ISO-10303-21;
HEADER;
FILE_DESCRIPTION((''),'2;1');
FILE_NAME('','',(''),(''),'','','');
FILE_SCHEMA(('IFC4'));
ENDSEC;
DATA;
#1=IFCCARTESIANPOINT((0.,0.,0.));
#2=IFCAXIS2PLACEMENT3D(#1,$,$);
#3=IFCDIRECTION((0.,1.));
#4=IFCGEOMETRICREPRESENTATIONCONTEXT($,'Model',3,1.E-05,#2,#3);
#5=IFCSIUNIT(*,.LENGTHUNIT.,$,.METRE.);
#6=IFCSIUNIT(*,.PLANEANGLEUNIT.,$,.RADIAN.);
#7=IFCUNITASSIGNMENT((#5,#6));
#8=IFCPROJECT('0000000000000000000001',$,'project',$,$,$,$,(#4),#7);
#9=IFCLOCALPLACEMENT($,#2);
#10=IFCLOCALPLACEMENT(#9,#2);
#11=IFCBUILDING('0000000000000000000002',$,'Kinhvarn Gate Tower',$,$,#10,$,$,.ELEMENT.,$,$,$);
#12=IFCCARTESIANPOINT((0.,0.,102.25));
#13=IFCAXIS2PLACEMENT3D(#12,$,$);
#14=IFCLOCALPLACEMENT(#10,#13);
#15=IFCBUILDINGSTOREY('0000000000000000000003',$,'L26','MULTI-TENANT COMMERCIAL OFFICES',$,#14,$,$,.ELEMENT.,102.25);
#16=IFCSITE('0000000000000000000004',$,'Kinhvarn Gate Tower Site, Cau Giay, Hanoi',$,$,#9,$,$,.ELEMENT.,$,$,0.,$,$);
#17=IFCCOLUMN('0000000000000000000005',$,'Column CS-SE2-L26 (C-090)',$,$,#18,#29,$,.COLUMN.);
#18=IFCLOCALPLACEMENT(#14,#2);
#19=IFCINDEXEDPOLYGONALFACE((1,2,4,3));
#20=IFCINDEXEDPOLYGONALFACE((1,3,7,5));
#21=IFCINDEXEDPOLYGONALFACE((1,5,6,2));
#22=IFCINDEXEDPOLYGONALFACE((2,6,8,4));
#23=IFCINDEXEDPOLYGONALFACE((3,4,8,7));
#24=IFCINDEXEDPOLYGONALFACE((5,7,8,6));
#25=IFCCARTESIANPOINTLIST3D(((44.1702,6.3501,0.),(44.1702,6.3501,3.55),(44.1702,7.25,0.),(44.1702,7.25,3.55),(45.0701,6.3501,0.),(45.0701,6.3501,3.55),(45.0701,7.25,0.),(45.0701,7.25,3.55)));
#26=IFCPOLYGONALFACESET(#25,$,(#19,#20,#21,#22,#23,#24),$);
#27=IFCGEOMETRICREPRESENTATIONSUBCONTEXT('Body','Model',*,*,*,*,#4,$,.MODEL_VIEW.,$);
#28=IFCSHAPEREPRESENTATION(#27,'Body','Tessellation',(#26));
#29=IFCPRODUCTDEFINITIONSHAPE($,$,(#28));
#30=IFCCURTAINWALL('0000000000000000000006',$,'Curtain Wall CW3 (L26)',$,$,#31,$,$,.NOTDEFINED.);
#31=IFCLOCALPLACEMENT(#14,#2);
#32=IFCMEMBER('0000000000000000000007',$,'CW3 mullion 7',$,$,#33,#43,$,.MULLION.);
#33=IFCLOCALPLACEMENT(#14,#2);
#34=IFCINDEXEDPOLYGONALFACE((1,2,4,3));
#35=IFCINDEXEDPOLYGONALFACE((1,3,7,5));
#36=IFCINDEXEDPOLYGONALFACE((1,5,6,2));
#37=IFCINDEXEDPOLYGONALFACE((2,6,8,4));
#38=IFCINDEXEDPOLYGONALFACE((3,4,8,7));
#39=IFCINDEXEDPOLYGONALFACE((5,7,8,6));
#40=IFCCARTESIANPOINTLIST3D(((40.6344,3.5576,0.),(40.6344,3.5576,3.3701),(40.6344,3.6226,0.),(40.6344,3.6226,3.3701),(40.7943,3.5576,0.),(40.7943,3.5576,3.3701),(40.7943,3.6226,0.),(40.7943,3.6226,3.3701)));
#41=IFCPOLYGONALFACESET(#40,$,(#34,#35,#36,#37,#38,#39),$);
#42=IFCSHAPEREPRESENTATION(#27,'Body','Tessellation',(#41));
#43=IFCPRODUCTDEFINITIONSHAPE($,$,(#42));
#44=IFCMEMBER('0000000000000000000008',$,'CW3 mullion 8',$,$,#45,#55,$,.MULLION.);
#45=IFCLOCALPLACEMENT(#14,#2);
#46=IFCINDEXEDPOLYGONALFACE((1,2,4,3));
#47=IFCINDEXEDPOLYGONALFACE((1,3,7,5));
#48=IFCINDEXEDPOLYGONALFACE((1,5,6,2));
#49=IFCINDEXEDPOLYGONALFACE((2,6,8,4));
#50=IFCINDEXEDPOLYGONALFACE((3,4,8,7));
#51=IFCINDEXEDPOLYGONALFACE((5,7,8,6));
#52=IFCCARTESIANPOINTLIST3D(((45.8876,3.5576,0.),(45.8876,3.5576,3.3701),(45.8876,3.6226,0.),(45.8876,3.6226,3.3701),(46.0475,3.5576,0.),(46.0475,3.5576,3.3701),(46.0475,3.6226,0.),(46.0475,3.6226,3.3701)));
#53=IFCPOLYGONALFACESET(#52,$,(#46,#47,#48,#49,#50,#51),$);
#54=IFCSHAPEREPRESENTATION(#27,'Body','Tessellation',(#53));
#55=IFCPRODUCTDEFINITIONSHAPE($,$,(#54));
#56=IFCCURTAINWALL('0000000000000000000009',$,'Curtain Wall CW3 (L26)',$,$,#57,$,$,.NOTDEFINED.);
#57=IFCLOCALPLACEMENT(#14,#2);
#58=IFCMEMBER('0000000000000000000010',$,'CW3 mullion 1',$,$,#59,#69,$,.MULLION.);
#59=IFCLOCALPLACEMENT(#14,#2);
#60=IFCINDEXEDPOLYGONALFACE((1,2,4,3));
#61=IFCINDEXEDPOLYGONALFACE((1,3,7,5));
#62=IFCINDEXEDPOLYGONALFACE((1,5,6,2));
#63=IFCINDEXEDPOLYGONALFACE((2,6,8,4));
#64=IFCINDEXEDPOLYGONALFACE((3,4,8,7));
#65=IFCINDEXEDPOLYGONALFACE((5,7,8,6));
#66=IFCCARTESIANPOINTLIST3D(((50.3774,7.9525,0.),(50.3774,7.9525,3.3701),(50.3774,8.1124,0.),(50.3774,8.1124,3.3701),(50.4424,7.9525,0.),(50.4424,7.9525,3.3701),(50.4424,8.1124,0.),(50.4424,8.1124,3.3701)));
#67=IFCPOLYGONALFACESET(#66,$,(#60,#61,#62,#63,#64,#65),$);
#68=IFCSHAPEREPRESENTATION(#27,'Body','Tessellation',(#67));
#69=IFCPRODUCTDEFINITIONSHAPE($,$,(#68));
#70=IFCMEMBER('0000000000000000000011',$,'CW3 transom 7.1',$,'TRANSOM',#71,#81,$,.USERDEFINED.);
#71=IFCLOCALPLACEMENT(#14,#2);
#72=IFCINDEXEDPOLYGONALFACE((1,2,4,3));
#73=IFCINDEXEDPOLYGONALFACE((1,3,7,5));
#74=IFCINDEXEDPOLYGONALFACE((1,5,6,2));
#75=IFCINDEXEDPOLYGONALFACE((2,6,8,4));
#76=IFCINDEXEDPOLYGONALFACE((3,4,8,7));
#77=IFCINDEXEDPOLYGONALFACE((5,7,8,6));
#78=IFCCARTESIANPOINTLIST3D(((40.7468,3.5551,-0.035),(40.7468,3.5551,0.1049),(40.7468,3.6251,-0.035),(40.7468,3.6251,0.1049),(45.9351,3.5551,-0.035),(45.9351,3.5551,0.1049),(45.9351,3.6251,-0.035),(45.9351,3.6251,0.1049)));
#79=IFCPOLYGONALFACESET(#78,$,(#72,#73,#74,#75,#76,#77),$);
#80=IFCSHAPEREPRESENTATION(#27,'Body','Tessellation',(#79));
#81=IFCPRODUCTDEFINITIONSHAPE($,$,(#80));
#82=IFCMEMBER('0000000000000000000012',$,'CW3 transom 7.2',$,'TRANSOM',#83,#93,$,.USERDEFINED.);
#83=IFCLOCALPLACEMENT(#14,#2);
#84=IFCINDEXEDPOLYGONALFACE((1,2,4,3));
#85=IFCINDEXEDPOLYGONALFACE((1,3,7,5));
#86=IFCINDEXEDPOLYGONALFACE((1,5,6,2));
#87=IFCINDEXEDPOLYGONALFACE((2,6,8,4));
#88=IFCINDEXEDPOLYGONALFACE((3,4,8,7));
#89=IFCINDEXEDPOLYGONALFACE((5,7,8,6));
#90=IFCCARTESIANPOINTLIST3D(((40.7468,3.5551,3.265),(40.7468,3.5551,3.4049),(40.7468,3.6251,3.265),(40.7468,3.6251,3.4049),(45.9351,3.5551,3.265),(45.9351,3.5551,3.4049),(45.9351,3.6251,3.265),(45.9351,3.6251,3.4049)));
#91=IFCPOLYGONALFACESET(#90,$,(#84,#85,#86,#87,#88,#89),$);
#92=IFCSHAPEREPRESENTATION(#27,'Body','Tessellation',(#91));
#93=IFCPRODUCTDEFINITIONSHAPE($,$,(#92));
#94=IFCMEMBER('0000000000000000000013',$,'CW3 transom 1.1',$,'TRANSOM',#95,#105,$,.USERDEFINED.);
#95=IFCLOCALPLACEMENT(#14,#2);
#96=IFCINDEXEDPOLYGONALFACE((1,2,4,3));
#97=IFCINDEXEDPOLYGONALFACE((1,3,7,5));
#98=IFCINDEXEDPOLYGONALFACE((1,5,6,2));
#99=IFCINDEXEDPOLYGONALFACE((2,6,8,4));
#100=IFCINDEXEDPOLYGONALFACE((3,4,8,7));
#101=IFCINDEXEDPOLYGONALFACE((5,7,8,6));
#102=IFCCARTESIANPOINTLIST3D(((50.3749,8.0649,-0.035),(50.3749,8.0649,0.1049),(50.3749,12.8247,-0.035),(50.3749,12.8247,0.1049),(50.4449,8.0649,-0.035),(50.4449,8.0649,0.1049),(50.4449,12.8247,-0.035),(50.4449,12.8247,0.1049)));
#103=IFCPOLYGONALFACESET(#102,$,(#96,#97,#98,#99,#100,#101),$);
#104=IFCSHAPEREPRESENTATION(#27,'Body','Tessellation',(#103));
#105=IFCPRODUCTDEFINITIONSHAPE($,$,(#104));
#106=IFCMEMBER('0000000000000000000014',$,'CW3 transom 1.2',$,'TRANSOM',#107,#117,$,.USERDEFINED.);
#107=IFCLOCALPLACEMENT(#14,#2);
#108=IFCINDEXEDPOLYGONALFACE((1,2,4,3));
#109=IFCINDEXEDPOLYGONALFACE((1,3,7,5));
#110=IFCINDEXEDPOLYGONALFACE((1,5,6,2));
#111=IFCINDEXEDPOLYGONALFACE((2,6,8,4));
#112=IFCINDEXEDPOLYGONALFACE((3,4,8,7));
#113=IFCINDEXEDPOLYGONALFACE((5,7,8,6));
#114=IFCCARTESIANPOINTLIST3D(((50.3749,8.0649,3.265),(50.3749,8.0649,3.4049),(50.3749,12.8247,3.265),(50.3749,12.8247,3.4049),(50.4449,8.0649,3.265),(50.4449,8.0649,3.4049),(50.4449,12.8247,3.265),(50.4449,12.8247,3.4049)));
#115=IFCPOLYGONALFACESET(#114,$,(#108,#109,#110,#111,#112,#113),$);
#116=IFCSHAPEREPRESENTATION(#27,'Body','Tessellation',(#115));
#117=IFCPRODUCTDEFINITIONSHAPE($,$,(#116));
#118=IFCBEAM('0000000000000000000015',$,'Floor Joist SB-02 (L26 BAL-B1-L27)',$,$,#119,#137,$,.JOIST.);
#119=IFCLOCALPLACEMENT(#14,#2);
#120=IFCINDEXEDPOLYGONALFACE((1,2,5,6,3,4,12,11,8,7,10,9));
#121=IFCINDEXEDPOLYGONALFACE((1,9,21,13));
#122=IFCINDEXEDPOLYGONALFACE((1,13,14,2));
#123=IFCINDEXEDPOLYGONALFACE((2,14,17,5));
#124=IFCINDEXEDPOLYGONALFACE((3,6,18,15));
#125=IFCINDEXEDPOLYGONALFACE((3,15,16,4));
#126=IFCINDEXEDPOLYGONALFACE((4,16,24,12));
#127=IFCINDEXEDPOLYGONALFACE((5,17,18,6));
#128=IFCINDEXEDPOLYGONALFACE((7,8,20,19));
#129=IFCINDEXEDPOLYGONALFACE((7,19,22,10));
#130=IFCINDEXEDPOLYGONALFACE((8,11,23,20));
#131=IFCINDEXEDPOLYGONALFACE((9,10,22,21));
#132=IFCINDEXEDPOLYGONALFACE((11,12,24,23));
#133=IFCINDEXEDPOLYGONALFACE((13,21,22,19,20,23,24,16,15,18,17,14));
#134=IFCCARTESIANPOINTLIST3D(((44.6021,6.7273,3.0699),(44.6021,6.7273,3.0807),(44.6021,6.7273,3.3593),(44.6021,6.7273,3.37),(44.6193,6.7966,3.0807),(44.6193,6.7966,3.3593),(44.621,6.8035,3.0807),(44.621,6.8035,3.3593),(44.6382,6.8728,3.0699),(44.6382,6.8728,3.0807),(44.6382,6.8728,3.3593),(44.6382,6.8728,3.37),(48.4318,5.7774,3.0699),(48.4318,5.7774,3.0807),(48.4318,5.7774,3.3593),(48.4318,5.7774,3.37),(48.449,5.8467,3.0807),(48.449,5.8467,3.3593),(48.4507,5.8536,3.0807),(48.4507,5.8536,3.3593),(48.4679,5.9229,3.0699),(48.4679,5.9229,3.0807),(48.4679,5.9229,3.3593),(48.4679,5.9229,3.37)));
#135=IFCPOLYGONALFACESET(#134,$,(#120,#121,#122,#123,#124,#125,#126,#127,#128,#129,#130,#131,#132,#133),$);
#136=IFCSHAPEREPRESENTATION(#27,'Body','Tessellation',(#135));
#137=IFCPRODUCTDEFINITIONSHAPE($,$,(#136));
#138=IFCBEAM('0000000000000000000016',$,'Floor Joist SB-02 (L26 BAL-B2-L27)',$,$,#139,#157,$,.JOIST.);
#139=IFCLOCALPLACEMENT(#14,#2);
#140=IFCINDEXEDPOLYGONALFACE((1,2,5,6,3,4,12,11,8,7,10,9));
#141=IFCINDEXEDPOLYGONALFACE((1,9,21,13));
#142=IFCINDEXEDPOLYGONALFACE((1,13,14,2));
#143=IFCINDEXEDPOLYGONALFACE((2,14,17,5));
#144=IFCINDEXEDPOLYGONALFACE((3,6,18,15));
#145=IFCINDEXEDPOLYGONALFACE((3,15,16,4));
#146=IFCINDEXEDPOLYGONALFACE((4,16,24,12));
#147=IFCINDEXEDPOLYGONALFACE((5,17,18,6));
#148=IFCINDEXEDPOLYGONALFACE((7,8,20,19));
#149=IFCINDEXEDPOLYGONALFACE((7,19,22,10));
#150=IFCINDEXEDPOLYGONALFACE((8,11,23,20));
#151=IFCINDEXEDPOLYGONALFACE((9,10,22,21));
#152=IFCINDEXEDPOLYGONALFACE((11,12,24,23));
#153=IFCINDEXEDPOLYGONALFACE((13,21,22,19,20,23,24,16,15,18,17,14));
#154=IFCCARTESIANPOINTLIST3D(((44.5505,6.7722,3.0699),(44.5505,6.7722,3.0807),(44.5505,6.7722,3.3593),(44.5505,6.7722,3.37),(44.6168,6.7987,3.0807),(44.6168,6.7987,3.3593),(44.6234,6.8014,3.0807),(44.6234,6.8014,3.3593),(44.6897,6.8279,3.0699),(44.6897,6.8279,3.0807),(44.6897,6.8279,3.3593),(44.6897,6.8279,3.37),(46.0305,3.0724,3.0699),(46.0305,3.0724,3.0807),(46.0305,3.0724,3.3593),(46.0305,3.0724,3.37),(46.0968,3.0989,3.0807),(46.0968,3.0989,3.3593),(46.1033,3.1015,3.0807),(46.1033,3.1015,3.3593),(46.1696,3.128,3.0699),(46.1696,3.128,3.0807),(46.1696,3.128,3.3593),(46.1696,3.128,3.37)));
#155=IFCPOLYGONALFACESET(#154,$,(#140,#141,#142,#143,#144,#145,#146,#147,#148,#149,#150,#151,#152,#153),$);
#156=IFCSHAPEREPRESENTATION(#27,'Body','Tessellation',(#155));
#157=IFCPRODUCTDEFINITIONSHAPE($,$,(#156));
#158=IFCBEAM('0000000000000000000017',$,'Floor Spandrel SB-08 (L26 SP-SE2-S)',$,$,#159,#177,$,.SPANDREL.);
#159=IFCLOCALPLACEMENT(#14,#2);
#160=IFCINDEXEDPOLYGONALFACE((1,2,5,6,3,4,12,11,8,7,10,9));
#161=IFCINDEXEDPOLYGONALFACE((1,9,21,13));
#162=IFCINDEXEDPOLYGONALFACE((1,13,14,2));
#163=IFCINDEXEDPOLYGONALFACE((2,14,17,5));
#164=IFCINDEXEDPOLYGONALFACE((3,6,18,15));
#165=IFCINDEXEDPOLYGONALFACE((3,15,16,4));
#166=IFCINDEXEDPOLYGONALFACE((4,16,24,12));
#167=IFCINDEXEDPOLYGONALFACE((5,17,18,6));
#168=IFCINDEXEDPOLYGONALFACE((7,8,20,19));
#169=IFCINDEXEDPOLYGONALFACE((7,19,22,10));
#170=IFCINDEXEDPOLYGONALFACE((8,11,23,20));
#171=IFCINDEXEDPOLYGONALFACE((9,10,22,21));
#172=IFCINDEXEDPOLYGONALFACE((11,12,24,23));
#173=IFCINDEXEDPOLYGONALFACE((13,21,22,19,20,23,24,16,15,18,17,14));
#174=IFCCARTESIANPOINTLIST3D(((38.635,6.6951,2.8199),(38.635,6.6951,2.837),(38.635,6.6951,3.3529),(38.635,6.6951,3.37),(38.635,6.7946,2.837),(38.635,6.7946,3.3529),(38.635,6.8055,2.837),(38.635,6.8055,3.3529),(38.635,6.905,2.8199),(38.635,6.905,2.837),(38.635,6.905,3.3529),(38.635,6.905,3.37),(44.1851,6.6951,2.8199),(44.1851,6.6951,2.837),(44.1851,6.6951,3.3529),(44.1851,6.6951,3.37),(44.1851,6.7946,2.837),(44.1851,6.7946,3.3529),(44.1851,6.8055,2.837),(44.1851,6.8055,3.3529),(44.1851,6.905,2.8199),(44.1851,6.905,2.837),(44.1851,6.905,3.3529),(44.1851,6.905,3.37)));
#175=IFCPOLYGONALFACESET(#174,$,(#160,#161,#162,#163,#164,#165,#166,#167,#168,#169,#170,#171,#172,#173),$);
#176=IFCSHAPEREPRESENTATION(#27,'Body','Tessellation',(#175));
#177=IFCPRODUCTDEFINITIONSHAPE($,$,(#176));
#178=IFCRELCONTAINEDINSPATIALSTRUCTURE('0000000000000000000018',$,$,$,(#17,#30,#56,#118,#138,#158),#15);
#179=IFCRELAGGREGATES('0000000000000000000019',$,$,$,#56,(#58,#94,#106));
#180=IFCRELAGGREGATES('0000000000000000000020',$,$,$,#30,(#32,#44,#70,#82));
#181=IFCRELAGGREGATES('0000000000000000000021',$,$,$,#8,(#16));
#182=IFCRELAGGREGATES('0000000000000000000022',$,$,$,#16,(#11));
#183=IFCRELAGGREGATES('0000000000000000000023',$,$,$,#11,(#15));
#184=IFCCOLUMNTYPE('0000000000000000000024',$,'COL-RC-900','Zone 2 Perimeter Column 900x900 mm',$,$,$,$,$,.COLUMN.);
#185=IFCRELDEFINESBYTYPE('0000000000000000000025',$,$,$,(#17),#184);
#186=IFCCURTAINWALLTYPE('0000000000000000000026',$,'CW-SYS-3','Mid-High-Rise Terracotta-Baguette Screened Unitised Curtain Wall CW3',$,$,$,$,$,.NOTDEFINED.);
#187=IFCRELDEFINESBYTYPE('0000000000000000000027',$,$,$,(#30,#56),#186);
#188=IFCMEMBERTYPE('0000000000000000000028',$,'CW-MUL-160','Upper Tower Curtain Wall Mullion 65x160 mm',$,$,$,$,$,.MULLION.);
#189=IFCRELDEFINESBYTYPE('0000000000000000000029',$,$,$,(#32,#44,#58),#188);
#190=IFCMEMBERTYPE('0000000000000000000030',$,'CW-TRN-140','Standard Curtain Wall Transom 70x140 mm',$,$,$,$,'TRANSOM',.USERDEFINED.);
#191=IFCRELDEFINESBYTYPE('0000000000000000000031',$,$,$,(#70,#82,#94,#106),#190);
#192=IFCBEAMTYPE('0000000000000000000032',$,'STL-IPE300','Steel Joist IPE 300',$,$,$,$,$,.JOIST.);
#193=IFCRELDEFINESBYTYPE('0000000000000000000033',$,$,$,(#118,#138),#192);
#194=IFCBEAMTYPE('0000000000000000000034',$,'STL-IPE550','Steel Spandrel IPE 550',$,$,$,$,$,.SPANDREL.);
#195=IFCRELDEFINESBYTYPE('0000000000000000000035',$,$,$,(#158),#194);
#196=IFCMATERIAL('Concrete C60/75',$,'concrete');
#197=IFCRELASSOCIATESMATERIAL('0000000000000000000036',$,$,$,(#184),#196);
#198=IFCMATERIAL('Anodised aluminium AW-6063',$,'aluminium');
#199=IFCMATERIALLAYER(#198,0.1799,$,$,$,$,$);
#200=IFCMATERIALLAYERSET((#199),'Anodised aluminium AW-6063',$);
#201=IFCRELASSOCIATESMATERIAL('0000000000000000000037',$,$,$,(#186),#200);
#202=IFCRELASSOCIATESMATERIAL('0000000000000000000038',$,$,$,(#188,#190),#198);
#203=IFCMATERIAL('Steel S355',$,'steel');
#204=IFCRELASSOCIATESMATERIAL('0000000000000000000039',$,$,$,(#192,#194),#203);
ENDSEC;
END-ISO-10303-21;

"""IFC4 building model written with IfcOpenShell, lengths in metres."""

from ifc_helpers import new_model, si_unit, direction, frame, origin, origin_2d, place, context, subcontext, project, spatial, rectangle, i_section, extrude, material, layer, layer_set, material_profile, profile_set, type_object, element, aggregate, save


model = new_model("IFC4")

# Units and contexts
model_context = context("Model", 3, precision=1e-05, world=origin(), true_north=direction((0.0, 1.0)))
body_context = subcontext(model_context, "Body", "Model", "MODEL_VIEW")
ifc_project = project(units=[si_unit("LENGTHUNIT", "METRE"), si_unit("PLANEANGLEUNIT", "RADIAN")], contexts=[model_context])

# Site, building, storey
site_placement = place(None, origin())
site = spatial("IfcSite", under=ifc_project, at=site_placement, Name="Kinhvarn Gate Tower Site, Cau Giay, Hanoi", CompositionType="ELEMENT", RefElevation=0.0)
building_placement = place(site_placement, origin())
building = spatial("IfcBuilding", under=site, at=building_placement, Name="Kinhvarn Gate Tower", CompositionType="ELEMENT")
storey_placement = place(building_placement, frame((0.0, 0.0, 102.25)))
storey = spatial("IfcBuildingStorey", under=building, at=storey_placement, Name="L26", Description="MULTI-TENANT COMMERCIAL OFFICES", CompositionType="ELEMENT", Elevation=102.25)

# Column
ifc_material_1 = material(Name="Concrete C60/75", Category="concrete")
ifc_material_profile_1 = material_profile(ifc_material_1, rectangle(XDim=0.8999, YDim=0.8999, at=origin_2d()), Name="RC 900x900")
ifc_profile_set_1 = profile_set([ifc_material_profile_1], Name="Concrete C60/75")
column_type = type_object("IfcColumnType", Name="COL-RC-900", Description="Zone 2 Perimeter Column 900x900 mm", PredefinedType="COLUMN", material=ifc_profile_set_1)
column_placement = place(storey_placement, frame((44.6201, 6.8, 0.0), z_axis=(0.0, 0.0, 1.0), x_axis=(1.0, 0.0, 0.0)))
element("IfcColumn", 1, at=column_placement, inside=storey, type_object=column_type, Name="Column CS-SE2-L26 (C-090)", PredefinedType="COLUMN", context=body_context, shape_type="SweptSolid", body=[
    extrude(rectangle(XDim=0.8999, YDim=0.8999, at=origin_2d()), origin(), (0.0, 0.0, 1.0), 3.55),
])

# Curtain wall, members
ifc_material_2 = material(Name="Anodised aluminium AW-6063", Category="aluminium")
ifc_layer_1 = layer(ifc_material_2, 0.1799)
ifc_layer_set_1 = layer_set([ifc_layer_1], Name="Anodised aluminium AW-6063")
curtain_wall_type = type_object("IfcCurtainWallType", Name="CW-SYS-3", Description="Mid-High-Rise Terracotta-Baguette Screened Unitised Curtain Wall CW3", PredefinedType="NOTDEFINED", material=ifc_layer_set_1)
curtain_wall_1_placement = place(storey_placement, origin())
curtain_wall_1 = element("IfcCurtainWall", 2, at=curtain_wall_1_placement, inside=storey, type_object=curtain_wall_type, Name="Curtain Wall CW3 (L26)", PredefinedType="NOTDEFINED")
ifc_material_profile_2 = material_profile(ifc_material_2, rectangle(XDim=0.0649, YDim=0.1599, at=origin_2d()), Name="ALU 65x160")
ifc_profile_set_2 = profile_set([ifc_material_profile_2], Name="Anodised aluminium AW-6063")
member_type_1 = type_object("IfcMemberType", Name="CW-MUL-160", Description="Upper Tower Curtain Wall Mullion 65x160 mm", PredefinedType="MULLION", material=ifc_profile_set_2)
member_1_placement = place(storey_placement, frame((40.7144, 3.5901, 0.0), z_axis=(0.0, 0.0, 1.0), x_axis=(0.0, 1.0, 0.0)))
member_1 = element("IfcMember", 3, at=member_1_placement, type_object=member_type_1, Name="CW3 mullion 7", PredefinedType="MULLION", context=body_context, shape_type="SweptSolid", body=[
    extrude(rectangle(XDim=0.0649, YDim=0.1599, at=origin_2d()), origin(), (0.0, 0.0, 1.0), 3.3701),
])
member_2_placement = place(storey_placement, frame((45.9675, 3.5901, 0.0), z_axis=(0.0, 0.0, 1.0), x_axis=(0.0, 1.0, 0.0)))
member_2 = element("IfcMember", 4, at=member_2_placement, type_object=member_type_1, Name="CW3 mullion 8", PredefinedType="MULLION", context=body_context, shape_type="SweptSolid", body=[
    extrude(rectangle(XDim=0.0649, YDim=0.1599, at=origin_2d()), origin(), (0.0, 0.0, 1.0), 3.3701),
])

# Curtain wall, member
curtain_wall_2_placement = place(storey_placement, origin())
curtain_wall_2 = element("IfcCurtainWall", 5, at=curtain_wall_2_placement, inside=storey, type_object=curtain_wall_type, Name="Curtain Wall CW3 (L26)", PredefinedType="NOTDEFINED")
member_3_placement = place(storey_placement, frame((50.4099, 8.0325, 0.0), z_axis=(0.0, 0.0, 1.0), x_axis=(-1.0, 0.0, 0.0)))
member_3 = element("IfcMember", 6, at=member_3_placement, type_object=member_type_1, Name="CW3 mullion 1", PredefinedType="MULLION", context=body_context, shape_type="SweptSolid", body=[
    extrude(rectangle(XDim=0.0649, YDim=0.1599, at=origin_2d()), origin(), (0.0, 0.0, 1.0), 3.3701),
])

# Members
ifc_material_profile_3 = material_profile(ifc_material_2, rectangle(XDim=0.0701, YDim=0.1399, at=origin_2d()), Name="ALU 70x140")
ifc_profile_set_3 = profile_set([ifc_material_profile_3], Name="Anodised aluminium AW-6063")
member_type_2 = type_object("IfcMemberType", Name="CW-TRN-140", Description="Standard Curtain Wall Transom 70x140 mm", ElementType="TRANSOM", PredefinedType="USERDEFINED", material=ifc_profile_set_3)
member_4_placement = place(storey_placement, frame((40.7468, 3.5901, 0.0349), z_axis=(1.0, 0.0, 0.0), x_axis=(0.0, 1.0, 0.0)))
member_4 = element("IfcMember", 7, at=member_4_placement, type_object=member_type_2, Name="CW3 transom 7.1", ObjectType="TRANSOM", PredefinedType="USERDEFINED", context=body_context, shape_type="SweptSolid", body=[
    extrude(rectangle(XDim=0.0701, YDim=0.1399, at=origin_2d()), origin(), (0.0, 0.0, 1.0), 5.1882),
])
member_5_placement = place(storey_placement, frame((40.7468, 3.5901, 3.335), z_axis=(1.0, 0.0, 0.0), x_axis=(0.0, 1.0, 0.0)))
member_5 = element("IfcMember", 8, at=member_5_placement, type_object=member_type_2, Name="CW3 transom 7.2", ObjectType="TRANSOM", PredefinedType="USERDEFINED", context=body_context, shape_type="SweptSolid", body=[
    extrude(rectangle(XDim=0.0701, YDim=0.1399, at=origin_2d()), origin(), (0.0, 0.0, 1.0), 5.1882),
])
member_6_placement = place(storey_placement, frame((50.4099, 8.0649, 0.0349), z_axis=(0.0, 1.0, 0.0), x_axis=(-1.0, 0.0, 0.0)))
member_6 = element("IfcMember", 9, at=member_6_placement, type_object=member_type_2, Name="CW3 transom 1.1", ObjectType="TRANSOM", PredefinedType="USERDEFINED", context=body_context, shape_type="SweptSolid", body=[
    extrude(rectangle(XDim=0.0701, YDim=0.1399, at=origin_2d()), origin(), (0.0, 0.0, 1.0), 4.7598),
])
member_7_placement = place(storey_placement, frame((50.4099, 8.0649, 3.335), z_axis=(0.0, 1.0, 0.0), x_axis=(-1.0, 0.0, 0.0)))
member_7 = element("IfcMember", 10, at=member_7_placement, type_object=member_type_2, Name="CW3 transom 1.2", ObjectType="TRANSOM", PredefinedType="USERDEFINED", context=body_context, shape_type="SweptSolid", body=[
    extrude(rectangle(XDim=0.0701, YDim=0.1399, at=origin_2d()), origin(), (0.0, 0.0, 1.0), 4.7598),
])
aggregate(curtain_wall_2, [member_3, member_6, member_7])

# Beams
ifc_material_3 = material(Name="Steel S355", Category="steel")
ifc_material_profile_4 = material_profile(ifc_material_3, i_section(OverallWidth=0.1499, OverallDepth=0.3, WebThickness=0.0071, FlangeThickness=0.0107, at=origin_2d()), Name="IPE 300")
ifc_profile_set_4 = profile_set([ifc_material_profile_4], Name="Steel S355")
beam_type_1 = type_object("IfcBeamType", Name="STL-IPE300", Description="Steel Joist IPE 300", PredefinedType="JOIST", material=ifc_profile_set_4)
beam_1_placement = place(storey_placement, frame((44.6201, 6.8, 3.22), z_axis=(0.970589, -0.240745, 0.0), x_axis=(0.240745, 0.970589, 0.0)))
element("IfcBeam", 11, at=beam_1_placement, inside=storey, type_object=beam_type_1, Name="Floor Joist SB-02 (L26 BAL-B1-L27)", PredefinedType="JOIST", context=body_context, shape_type="SweptSolid", body=[
    extrude(i_section(OverallWidth=0.1499, OverallDepth=0.3, WebThickness=0.0071, FlangeThickness=0.0107, at=origin_2d()), origin(), (0.0, 0.0, 1.0), 3.9458),
])
beam_2_placement = place(storey_placement, frame((44.6201, 6.8, 3.22), z_axis=(0.371391, -0.928477, 0.0), x_axis=(0.928477, 0.371391, 0.0)))
element("IfcBeam", 12, at=beam_2_placement, inside=storey, type_object=beam_type_1, Name="Floor Joist SB-02 (L26 BAL-B2-L27)", PredefinedType="JOIST", context=body_context, shape_type="SweptSolid", body=[
    extrude(i_section(OverallWidth=0.1499, OverallDepth=0.3, WebThickness=0.0071, FlangeThickness=0.0107, at=origin_2d()), origin(), (0.0, 0.0, 1.0), 3.9849),
])
ifc_material_profile_5 = material_profile(ifc_material_3, i_section(OverallWidth=0.21, OverallDepth=0.55, WebThickness=0.011, FlangeThickness=0.0171, at=origin_2d()), Name="IPE 550")
ifc_profile_set_5 = profile_set([ifc_material_profile_5], Name="Steel S355")
beam_type_2 = type_object("IfcBeamType", Name="STL-IPE550", Description="Steel Spandrel IPE 550", PredefinedType="SPANDREL", material=ifc_profile_set_5)
beam_3_placement = place(storey_placement, frame((38.635, 6.8, 3.095), z_axis=(1.0, 0.0, 0.0), x_axis=(0.0, 1.0, 0.0)))
element("IfcBeam", 13, at=beam_3_placement, inside=storey, type_object=beam_type_2, Name="Floor Spandrel SB-08 (L26 SP-SE2-S)", PredefinedType="SPANDREL", context=body_context, shape_type="SweptSolid", body=[
    extrude(i_section(OverallWidth=0.21, OverallDepth=0.55, WebThickness=0.011, FlangeThickness=0.0171, at=origin_2d()), origin(), (0.0, 0.0, 1.0), 5.55),
])

aggregate(curtain_wall_1, [member_1, member_2, member_4, member_5])

save(model, "model.ifc")
